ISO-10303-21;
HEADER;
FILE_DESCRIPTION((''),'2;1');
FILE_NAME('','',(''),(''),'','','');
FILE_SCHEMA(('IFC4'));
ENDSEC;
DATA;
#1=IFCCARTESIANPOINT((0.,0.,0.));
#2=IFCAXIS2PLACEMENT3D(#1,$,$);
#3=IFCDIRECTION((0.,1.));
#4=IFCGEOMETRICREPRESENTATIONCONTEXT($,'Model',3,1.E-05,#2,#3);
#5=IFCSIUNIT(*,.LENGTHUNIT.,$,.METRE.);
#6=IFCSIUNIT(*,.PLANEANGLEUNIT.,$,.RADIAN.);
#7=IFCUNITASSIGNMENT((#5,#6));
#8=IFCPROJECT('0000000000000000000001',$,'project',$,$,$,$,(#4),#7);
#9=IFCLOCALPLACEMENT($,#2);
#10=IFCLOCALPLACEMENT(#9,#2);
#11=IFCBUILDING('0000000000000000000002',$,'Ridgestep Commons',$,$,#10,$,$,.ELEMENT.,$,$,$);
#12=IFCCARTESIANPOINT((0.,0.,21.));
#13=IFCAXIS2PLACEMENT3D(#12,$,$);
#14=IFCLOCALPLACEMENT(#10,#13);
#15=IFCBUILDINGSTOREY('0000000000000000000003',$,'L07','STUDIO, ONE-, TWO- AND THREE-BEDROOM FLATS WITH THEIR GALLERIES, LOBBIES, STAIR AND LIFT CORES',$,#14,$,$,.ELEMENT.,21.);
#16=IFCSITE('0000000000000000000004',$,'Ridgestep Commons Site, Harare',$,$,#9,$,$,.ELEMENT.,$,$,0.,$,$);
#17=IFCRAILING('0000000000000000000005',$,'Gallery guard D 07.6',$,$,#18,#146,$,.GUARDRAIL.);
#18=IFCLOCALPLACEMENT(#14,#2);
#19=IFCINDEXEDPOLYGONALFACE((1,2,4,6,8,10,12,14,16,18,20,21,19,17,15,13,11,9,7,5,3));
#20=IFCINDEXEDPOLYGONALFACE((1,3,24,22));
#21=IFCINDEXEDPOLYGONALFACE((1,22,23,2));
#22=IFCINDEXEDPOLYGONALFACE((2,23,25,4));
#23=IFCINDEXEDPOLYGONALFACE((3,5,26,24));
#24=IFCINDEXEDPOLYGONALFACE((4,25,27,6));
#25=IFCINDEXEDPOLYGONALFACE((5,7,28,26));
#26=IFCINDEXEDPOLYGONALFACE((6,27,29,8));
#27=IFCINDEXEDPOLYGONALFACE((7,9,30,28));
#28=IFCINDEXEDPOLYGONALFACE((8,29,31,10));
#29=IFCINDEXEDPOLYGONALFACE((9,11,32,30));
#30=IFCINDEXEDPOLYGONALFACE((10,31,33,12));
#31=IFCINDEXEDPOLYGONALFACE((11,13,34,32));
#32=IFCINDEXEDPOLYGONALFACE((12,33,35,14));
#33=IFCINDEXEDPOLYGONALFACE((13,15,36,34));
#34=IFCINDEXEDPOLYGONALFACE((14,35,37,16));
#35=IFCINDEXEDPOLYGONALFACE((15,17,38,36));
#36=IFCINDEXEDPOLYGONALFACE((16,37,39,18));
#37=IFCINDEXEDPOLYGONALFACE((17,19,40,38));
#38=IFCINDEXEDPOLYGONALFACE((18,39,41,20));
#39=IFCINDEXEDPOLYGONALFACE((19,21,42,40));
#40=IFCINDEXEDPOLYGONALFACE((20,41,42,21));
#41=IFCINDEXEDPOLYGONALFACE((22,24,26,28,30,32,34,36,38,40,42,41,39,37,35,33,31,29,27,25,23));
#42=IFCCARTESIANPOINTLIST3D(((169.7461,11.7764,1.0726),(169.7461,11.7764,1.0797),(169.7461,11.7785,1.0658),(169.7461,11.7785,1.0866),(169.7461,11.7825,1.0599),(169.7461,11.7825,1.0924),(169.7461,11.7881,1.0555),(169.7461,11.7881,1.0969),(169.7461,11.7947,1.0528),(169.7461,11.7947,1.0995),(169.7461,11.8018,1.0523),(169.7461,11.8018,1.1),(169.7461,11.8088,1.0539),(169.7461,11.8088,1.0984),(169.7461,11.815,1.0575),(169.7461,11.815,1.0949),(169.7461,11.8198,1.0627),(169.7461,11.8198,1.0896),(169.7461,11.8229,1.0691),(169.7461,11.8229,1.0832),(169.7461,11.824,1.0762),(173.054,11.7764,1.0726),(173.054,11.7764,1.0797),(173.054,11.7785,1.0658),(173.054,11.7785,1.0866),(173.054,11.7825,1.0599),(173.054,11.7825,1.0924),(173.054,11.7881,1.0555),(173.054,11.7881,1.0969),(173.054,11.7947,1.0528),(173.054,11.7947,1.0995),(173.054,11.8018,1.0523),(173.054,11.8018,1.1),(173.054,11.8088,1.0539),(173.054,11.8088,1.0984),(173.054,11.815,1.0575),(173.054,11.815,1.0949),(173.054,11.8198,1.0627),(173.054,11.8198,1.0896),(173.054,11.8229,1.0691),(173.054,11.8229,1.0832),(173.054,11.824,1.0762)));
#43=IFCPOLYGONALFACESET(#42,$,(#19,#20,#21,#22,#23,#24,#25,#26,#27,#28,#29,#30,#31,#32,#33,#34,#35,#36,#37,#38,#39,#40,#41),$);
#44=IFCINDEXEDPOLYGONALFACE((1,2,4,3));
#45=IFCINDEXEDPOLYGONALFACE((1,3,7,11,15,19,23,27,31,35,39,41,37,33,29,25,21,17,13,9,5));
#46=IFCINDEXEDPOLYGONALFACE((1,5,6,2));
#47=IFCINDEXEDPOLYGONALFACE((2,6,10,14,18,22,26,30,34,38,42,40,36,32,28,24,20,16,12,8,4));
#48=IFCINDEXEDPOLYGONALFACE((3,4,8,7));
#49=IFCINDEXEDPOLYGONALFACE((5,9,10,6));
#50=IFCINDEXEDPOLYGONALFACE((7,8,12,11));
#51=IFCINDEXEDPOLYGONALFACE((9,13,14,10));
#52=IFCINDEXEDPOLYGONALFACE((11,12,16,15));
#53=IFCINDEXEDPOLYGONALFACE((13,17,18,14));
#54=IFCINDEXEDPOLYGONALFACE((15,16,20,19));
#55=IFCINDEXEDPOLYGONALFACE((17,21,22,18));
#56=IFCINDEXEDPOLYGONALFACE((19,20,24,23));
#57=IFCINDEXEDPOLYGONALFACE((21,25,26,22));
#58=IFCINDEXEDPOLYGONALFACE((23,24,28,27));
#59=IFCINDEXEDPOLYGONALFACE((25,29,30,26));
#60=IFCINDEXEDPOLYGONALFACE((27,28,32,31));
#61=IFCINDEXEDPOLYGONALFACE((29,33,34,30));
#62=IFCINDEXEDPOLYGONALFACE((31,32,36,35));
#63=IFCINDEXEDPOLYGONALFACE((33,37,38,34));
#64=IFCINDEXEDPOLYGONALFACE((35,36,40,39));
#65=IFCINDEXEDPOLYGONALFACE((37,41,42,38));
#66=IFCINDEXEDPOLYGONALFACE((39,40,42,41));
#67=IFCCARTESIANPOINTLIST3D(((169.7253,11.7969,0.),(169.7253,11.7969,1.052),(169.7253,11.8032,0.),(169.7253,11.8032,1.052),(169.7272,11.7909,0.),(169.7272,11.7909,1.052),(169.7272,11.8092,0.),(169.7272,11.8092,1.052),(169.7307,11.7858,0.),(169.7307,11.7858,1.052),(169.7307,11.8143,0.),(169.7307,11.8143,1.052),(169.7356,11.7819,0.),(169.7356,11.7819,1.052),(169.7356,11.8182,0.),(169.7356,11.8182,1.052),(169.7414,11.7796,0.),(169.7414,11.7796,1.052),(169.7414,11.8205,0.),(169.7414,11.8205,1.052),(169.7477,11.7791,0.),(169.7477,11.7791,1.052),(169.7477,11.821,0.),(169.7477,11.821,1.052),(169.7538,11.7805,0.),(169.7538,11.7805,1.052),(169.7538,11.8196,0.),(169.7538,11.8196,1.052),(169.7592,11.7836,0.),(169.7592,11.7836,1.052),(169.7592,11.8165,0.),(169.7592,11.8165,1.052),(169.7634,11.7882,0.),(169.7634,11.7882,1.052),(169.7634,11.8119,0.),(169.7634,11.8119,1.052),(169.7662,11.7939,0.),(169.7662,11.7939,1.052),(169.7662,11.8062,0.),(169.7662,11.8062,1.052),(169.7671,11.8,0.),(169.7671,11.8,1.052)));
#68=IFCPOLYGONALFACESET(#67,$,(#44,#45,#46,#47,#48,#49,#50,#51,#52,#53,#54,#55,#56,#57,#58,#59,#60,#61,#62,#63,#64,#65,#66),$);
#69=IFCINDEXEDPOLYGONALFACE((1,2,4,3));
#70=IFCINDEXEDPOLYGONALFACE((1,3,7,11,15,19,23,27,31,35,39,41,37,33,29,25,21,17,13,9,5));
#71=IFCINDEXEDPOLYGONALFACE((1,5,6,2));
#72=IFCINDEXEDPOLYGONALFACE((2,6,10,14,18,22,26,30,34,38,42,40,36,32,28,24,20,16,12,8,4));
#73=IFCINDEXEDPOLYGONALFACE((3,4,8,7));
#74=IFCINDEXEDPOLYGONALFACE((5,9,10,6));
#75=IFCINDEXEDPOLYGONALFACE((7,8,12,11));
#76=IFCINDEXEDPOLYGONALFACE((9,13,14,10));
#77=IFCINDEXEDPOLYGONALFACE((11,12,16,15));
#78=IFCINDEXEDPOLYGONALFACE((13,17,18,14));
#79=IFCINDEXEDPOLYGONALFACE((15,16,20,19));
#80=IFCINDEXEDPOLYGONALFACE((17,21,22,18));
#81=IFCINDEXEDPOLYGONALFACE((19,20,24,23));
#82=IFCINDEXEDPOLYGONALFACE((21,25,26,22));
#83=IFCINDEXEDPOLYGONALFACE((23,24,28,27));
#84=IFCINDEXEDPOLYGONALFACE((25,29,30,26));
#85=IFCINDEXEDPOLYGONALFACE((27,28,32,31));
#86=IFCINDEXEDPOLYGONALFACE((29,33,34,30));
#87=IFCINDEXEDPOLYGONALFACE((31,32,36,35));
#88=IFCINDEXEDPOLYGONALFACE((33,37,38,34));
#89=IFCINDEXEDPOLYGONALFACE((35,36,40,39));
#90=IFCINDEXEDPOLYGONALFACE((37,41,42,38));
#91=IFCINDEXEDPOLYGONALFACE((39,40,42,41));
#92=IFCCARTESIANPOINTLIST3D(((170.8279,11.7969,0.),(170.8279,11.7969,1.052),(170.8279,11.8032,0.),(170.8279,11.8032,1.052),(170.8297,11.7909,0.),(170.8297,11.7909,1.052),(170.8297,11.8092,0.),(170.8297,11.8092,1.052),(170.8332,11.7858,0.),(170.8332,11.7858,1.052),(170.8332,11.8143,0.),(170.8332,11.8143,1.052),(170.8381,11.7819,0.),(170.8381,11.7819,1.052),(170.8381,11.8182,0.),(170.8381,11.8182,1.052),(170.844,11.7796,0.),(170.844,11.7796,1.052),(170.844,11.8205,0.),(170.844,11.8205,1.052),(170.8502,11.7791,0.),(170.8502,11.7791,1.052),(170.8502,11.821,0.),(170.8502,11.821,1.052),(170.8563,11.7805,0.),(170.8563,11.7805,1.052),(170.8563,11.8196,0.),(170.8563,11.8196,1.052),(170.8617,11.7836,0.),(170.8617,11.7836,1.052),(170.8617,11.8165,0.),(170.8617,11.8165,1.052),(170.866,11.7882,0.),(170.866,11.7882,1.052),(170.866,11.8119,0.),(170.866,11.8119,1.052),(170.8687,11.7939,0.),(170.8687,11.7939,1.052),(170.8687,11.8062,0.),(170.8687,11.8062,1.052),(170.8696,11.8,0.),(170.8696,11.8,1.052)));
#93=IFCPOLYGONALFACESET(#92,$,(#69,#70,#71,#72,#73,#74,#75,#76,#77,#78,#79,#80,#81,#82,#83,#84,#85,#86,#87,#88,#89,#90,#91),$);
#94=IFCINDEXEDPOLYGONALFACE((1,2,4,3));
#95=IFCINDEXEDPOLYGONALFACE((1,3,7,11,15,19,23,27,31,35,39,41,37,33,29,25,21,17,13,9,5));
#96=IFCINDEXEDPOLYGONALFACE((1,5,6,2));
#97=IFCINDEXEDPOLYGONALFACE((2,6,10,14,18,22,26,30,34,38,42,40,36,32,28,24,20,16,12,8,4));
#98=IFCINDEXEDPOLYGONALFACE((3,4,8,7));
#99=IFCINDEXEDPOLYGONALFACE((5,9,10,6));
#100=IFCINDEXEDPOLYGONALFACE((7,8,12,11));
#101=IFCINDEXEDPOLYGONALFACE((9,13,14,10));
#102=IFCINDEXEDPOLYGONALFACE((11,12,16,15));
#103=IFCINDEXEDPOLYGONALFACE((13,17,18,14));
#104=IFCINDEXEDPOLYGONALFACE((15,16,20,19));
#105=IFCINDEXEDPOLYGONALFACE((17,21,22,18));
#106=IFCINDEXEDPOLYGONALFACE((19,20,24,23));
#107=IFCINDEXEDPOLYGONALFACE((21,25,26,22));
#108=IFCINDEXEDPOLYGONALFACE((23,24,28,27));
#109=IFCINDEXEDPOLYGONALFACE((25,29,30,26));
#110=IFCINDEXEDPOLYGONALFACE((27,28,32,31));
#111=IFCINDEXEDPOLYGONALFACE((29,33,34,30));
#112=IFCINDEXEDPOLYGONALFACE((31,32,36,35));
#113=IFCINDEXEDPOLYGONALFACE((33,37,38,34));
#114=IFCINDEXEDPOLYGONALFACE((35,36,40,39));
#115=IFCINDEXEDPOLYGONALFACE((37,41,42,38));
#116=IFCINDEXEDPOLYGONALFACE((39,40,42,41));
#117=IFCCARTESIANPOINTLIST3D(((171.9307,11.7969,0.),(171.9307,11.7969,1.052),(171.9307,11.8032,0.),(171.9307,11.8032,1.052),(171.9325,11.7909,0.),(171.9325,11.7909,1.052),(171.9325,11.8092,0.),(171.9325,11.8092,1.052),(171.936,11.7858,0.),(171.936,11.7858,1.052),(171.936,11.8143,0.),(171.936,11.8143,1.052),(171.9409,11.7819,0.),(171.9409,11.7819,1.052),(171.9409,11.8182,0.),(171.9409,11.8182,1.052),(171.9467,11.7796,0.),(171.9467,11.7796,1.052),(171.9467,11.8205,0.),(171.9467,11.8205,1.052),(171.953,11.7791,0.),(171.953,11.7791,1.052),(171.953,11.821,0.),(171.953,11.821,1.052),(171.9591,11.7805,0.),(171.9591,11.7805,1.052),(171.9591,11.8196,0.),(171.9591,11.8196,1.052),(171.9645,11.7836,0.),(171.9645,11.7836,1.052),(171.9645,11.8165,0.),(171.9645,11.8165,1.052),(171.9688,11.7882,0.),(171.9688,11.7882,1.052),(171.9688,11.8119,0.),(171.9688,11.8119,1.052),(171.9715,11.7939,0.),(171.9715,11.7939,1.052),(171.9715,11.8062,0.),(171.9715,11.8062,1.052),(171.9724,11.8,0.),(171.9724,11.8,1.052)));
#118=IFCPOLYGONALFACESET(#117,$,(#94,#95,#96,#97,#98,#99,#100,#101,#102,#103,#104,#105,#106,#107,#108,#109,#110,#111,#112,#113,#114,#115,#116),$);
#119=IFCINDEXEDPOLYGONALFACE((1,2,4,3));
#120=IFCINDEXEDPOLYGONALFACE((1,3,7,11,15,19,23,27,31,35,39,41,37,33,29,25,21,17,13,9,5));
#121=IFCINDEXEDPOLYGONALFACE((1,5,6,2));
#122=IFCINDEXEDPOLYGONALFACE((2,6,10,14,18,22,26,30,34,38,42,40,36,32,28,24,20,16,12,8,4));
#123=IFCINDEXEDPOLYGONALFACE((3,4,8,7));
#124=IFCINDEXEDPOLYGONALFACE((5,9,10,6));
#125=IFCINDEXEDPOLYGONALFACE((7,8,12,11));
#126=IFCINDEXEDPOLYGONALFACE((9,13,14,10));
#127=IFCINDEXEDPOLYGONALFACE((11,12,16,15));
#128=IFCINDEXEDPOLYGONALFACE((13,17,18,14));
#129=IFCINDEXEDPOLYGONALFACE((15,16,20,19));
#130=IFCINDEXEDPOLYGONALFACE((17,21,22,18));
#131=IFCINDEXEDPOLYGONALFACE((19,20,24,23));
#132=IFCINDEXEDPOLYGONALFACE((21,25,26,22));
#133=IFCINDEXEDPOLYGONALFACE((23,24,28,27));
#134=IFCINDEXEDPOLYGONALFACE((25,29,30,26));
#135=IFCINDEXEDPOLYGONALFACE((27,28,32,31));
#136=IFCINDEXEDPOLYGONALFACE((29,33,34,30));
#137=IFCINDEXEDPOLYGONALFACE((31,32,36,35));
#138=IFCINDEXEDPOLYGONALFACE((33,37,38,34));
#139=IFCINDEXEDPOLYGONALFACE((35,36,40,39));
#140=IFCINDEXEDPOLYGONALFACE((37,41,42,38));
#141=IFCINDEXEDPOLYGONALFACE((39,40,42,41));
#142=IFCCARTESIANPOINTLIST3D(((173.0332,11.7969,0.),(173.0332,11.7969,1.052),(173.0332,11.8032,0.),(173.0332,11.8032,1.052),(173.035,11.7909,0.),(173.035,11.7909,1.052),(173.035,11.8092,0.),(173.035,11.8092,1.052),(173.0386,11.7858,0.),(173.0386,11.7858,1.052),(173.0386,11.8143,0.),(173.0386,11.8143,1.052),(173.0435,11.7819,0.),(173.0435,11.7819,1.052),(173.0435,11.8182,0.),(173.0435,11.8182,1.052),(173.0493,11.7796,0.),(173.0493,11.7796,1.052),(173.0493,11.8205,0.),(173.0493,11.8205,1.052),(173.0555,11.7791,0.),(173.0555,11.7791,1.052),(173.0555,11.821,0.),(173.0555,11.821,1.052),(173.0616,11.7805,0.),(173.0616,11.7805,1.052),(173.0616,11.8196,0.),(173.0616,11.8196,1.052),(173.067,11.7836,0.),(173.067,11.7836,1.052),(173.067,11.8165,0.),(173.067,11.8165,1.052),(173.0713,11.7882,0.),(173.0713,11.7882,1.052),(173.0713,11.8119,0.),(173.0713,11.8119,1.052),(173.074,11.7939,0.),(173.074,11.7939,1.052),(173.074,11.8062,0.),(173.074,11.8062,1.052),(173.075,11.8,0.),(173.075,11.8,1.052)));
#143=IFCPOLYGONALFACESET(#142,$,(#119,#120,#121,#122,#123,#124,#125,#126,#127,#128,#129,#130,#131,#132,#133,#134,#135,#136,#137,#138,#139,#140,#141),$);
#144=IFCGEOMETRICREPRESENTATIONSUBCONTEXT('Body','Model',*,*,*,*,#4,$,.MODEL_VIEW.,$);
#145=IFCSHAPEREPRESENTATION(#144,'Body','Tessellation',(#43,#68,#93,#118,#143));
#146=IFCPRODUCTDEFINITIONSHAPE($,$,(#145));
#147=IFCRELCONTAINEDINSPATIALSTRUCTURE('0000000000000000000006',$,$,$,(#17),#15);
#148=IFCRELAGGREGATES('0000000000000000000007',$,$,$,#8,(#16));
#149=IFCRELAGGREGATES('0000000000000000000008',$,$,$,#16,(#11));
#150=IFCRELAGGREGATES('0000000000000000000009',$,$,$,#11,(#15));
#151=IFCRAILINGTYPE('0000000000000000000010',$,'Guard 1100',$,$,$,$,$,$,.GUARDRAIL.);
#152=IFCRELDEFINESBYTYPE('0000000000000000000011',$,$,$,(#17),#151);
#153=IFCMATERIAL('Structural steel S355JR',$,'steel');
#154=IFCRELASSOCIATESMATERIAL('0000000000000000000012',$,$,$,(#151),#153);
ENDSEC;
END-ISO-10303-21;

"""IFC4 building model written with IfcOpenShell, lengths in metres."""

from ifc_helpers import new_model, si_unit, direction, frame, origin, origin_2d, place, context, subcontext, project, spatial, circle, extrude, material, type_object, element, save


model = new_model("IFC4")

# Units and contexts
model_context = context("Model", 3, precision=1e-05, world=origin(), true_north=direction((0.0, 1.0)))
body_context = subcontext(model_context, "Body", "Model", "MODEL_VIEW")
ifc_project = project(units=[si_unit("LENGTHUNIT", "METRE"), si_unit("PLANEANGLEUNIT", "RADIAN")], contexts=[model_context])

# Site, building, storey
site_placement = place(None, origin())
site = spatial("IfcSite", under=ifc_project, at=site_placement, Name="Ridgestep Commons Site, Harare", CompositionType="ELEMENT", RefElevation=0.0)
building_placement = place(site_placement, origin())
building = spatial("IfcBuilding", under=site, at=building_placement, Name="Ridgestep Commons", CompositionType="ELEMENT")
storey_placement = place(building_placement, frame((0.0, 0.0, 21.0)))
storey = spatial("IfcBuildingStorey", under=building, at=storey_placement, Name="L07", Description="STUDIO, ONE-, TWO- AND THREE-BEDROOM FLATS WITH THEIR GALLERIES, LOBBIES, STAIR AND LIFT CORES", CompositionType="ELEMENT", Elevation=21.0)

# Railing
ifc_material_1 = material(Name="Structural steel S355JR", Category="steel")
railing_type = type_object("IfcRailingType", Name="Guard 1100", PredefinedType="GUARDRAIL", material=ifc_material_1)
railing_1_placement = place(storey_placement, frame((169.7461, 11.8, 0.0)))
element("IfcRailing", 1, at=railing_1_placement, inside=storey, type_object=railing_type, Name="Gallery guard D 07.6", PredefinedType="GUARDRAIL", context=body_context, shape_type="SweptSolid", body=[
    extrude(circle(Radius=0.0239, at=origin_2d()), frame((0.0, 0.0, 1.0762), z_axis=(1.0, 0.0, 0.0), x_axis=(0.0, 1.0, 0.0)), (0.0, 0.0, 1.0), 3.3079),
    extrude(circle(Radius=0.021, at=origin_2d()), origin(), (0.0, 0.0, 1.0), 1.052),
    extrude(circle(Radius=0.021, at=origin_2d()), frame((1.1025, 0.0, 0.0)), (0.0, 0.0, 1.0), 1.052),
    extrude(circle(Radius=0.021, at=origin_2d()), frame((2.2053, 0.0, 0.0)), (0.0, 0.0, 1.0), 1.052),
    extrude(circle(Radius=0.021, at=origin_2d()), frame((3.3079, 0.0, 0.0)), (0.0, 0.0, 1.0), 1.052),
])

save(model, "model.ifc")
